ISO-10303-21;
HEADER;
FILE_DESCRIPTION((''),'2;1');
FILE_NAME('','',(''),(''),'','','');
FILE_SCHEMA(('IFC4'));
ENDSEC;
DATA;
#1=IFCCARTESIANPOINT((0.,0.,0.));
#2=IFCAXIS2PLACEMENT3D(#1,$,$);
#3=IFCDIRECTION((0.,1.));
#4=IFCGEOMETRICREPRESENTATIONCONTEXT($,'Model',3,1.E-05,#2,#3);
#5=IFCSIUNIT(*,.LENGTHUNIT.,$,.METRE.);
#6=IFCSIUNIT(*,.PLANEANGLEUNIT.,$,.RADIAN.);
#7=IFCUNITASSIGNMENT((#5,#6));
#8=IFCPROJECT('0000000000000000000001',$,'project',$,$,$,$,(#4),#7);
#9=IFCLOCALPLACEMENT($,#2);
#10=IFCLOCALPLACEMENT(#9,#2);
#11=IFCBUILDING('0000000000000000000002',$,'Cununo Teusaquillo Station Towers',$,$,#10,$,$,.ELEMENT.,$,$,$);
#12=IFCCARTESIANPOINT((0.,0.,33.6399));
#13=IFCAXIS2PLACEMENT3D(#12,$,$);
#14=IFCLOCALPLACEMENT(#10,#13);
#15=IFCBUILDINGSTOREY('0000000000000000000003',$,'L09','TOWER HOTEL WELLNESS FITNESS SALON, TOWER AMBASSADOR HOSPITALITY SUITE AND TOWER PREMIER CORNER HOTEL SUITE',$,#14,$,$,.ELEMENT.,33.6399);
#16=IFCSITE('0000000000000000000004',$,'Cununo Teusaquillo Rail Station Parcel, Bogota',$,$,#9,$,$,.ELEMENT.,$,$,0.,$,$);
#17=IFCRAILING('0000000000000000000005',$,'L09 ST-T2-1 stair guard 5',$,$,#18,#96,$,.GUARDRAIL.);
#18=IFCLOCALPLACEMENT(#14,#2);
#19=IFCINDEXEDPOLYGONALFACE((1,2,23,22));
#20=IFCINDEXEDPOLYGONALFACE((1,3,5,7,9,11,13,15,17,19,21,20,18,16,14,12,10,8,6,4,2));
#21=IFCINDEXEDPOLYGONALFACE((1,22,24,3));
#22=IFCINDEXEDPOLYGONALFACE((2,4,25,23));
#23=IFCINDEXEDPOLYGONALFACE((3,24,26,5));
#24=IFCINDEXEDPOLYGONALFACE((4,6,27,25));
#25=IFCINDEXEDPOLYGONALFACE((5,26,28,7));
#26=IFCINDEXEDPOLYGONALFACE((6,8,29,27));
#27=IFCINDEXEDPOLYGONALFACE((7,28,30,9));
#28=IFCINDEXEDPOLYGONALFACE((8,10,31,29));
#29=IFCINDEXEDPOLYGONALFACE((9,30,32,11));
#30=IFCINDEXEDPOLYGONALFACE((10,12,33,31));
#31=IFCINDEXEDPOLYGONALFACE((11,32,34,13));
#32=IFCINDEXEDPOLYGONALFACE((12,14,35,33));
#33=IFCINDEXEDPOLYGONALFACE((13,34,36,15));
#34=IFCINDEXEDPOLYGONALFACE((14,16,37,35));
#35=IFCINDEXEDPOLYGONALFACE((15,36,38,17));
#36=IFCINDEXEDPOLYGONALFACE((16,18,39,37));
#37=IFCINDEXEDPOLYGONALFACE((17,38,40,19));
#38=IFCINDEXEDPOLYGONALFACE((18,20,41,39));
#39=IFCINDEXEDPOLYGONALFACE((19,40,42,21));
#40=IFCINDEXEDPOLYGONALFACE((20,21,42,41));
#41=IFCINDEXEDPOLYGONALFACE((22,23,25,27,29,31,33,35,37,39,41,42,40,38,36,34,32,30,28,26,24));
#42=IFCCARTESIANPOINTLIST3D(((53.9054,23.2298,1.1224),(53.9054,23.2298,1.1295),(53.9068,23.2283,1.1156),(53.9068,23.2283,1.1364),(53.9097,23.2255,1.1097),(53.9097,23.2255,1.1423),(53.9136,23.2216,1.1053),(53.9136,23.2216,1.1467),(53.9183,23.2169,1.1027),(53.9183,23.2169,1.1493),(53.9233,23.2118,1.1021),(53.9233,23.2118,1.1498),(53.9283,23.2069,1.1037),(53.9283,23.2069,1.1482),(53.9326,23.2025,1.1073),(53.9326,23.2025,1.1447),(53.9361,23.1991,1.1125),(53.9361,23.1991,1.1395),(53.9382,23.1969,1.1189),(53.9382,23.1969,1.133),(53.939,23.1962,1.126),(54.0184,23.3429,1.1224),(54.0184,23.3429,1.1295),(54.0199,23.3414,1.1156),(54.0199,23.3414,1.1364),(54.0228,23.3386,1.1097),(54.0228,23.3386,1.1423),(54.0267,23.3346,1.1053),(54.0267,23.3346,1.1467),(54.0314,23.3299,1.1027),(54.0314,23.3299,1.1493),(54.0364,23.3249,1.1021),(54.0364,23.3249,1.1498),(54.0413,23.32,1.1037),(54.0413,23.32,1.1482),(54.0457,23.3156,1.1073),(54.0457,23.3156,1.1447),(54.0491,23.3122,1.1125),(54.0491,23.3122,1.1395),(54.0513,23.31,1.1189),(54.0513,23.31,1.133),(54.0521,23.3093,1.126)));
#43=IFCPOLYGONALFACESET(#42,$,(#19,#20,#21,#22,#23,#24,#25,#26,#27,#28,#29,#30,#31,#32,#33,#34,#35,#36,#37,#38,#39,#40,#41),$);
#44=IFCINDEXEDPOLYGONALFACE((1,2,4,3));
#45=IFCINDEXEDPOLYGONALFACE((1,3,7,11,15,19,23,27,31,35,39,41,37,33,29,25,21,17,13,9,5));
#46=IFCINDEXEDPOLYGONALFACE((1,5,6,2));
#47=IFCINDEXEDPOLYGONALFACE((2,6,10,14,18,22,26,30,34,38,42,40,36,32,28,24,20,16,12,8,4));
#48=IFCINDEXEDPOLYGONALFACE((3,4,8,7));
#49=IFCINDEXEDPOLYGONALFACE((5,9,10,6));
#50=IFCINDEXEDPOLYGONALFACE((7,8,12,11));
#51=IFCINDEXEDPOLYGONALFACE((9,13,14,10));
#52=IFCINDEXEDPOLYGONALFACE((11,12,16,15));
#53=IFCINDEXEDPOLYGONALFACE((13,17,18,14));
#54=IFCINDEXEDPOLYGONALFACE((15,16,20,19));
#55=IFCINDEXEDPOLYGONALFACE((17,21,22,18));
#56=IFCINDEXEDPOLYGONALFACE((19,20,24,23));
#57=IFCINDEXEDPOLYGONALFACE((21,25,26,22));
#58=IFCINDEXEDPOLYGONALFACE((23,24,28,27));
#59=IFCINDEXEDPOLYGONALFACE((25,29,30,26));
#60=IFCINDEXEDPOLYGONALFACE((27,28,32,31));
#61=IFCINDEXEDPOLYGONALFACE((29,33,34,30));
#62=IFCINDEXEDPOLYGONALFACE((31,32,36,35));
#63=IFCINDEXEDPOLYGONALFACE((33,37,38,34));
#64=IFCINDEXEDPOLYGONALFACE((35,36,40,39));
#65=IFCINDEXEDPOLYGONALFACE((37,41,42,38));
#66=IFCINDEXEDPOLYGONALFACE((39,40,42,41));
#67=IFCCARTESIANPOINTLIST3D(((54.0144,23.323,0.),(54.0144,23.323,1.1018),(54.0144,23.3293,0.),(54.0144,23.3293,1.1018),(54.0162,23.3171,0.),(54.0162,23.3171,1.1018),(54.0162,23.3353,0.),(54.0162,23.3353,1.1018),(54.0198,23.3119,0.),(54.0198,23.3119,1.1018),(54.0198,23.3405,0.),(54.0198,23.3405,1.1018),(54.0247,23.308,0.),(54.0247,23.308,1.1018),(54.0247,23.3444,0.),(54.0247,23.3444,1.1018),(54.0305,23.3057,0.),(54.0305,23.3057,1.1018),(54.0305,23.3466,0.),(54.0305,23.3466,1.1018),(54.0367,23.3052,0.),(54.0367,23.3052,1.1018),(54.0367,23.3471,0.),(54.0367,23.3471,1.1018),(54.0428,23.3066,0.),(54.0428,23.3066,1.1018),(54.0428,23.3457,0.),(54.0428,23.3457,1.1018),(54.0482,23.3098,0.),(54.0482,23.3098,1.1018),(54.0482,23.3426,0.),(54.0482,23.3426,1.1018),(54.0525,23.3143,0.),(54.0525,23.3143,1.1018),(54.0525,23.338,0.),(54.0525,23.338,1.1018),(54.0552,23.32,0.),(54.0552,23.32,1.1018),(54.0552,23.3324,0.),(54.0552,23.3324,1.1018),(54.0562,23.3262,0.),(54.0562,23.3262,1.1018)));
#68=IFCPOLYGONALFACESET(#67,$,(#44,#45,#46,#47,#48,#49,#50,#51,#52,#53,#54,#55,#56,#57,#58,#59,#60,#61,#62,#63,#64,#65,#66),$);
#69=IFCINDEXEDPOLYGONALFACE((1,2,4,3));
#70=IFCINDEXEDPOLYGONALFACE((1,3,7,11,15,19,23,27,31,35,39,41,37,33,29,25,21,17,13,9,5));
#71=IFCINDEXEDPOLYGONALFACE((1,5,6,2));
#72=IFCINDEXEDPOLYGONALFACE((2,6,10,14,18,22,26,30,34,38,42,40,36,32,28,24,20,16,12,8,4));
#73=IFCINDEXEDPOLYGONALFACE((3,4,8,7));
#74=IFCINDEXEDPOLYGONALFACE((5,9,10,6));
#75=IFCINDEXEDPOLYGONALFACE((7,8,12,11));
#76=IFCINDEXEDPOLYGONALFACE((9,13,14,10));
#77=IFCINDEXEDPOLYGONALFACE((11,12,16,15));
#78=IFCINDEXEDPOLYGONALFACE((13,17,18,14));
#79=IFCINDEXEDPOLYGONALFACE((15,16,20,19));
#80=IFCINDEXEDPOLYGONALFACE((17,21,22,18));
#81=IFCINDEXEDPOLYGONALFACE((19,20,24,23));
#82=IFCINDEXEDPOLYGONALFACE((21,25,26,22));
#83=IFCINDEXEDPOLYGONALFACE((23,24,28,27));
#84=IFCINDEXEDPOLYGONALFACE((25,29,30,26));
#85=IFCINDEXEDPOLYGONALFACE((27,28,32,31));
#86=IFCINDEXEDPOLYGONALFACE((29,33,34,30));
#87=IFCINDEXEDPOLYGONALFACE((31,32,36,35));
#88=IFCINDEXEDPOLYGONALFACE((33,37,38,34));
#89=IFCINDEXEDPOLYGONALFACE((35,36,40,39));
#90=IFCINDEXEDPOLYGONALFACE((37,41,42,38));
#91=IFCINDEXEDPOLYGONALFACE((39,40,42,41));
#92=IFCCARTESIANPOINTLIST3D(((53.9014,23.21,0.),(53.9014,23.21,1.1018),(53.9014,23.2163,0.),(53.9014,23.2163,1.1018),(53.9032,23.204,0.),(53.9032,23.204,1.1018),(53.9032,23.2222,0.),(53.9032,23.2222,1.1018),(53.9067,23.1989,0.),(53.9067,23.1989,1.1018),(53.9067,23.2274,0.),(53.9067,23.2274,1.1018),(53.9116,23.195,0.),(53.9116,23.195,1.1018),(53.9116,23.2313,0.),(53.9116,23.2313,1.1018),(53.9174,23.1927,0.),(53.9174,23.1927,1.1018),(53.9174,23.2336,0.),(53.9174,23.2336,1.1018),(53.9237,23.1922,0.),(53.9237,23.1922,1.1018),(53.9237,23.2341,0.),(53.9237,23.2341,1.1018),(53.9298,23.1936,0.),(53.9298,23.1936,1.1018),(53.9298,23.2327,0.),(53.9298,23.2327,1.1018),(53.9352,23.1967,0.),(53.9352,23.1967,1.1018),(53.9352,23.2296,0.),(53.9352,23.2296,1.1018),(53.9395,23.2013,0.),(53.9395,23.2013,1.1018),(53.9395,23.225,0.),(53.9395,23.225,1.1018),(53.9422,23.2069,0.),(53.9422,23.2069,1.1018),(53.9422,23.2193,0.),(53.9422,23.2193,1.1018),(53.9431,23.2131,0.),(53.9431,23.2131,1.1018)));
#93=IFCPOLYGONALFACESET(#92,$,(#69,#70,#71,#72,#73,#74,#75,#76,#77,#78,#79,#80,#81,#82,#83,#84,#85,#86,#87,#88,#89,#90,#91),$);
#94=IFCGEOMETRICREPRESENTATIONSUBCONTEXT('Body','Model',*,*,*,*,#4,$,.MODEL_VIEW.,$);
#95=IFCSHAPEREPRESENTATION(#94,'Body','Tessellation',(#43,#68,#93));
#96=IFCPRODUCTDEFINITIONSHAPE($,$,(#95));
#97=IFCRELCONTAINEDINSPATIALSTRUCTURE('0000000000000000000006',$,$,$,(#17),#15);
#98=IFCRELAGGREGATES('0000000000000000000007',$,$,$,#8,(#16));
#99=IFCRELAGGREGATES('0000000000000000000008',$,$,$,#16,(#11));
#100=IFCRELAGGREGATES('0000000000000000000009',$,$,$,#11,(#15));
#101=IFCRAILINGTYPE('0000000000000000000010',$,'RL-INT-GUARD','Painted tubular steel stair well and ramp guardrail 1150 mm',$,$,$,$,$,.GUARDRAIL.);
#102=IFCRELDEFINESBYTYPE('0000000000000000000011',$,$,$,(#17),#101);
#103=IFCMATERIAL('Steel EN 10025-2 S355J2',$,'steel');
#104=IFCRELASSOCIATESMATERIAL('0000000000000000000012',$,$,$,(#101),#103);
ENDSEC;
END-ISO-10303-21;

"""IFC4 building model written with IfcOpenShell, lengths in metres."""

from ifc_helpers import new_model, si_unit, direction, frame, origin, origin_2d, place, context, subcontext, project, spatial, circle, extrude, material, type_object, element, save


model = new_model("IFC4")

# Units and contexts
model_context = context("Model", 3, precision=1e-05, world=origin(), true_north=direction((0.0, 1.0)))
body_context = subcontext(model_context, "Body", "Model", "MODEL_VIEW")
ifc_project = project(units=[si_unit("LENGTHUNIT", "METRE"), si_unit("PLANEANGLEUNIT", "RADIAN")], contexts=[model_context])

# Site, building, storey
site_placement = place(None, origin())
site = spatial("IfcSite", under=ifc_project, at=site_placement, Name="Cununo Teusaquillo Rail Station Parcel, Bogota", CompositionType="ELEMENT", RefElevation=0.0)
building_placement = place(site_placement, origin())
building = spatial("IfcBuilding", under=site, at=building_placement, Name="Cununo Teusaquillo Station Towers", CompositionType="ELEMENT")
storey_placement = place(building_placement, frame((0.0, 0.0, 33.6399)))
storey = spatial("IfcBuildingStorey", under=building, at=storey_placement, Name="L09", Description="TOWER HOTEL WELLNESS FITNESS SALON, TOWER AMBASSADOR HOSPITALITY SUITE AND TOWER PREMIER CORNER HOTEL SUITE", CompositionType="ELEMENT", Elevation=33.6399)

# Railing
ifc_material_1 = material(Name="Steel EN 10025-2 S355J2", Category="steel")
railing_type_1 = type_object("IfcRailingType", Name="RL-INT-GUARD", Description="Painted tubular steel stair well and ramp guardrail 1150 mm", PredefinedType="GUARDRAIL", material=ifc_material_1)
railing_1_placement = place(storey_placement, frame((54.0352, 23.3262, 0.0)))
element("IfcRailing", 1, at=railing_1_placement, inside=storey, type_object=railing_type_1, Name="L09 ST-T2-1 stair guard 5", PredefinedType="GUARDRAIL", context=body_context, shape_type="SweptSolid", body=[
    extrude(circle(Radius=0.0239, at=origin_2d()), frame((0.0, 0.0, 1.126), z_axis=(-0.707107, -0.707107, 0.0), x_axis=(0.707107, -0.707107, 0.0)), (0.0, 0.0, 1.0), 0.1599),
    extrude(circle(Radius=0.021, at=origin_2d()), origin(), (0.0, 0.0, 1.0), 1.1018),
    extrude(circle(Radius=0.021, at=origin_2d()), frame((-0.113, -0.113, 0.0)), (0.0, 0.0, 1.0), 1.1018),
])

save(model, "model.ifc")
